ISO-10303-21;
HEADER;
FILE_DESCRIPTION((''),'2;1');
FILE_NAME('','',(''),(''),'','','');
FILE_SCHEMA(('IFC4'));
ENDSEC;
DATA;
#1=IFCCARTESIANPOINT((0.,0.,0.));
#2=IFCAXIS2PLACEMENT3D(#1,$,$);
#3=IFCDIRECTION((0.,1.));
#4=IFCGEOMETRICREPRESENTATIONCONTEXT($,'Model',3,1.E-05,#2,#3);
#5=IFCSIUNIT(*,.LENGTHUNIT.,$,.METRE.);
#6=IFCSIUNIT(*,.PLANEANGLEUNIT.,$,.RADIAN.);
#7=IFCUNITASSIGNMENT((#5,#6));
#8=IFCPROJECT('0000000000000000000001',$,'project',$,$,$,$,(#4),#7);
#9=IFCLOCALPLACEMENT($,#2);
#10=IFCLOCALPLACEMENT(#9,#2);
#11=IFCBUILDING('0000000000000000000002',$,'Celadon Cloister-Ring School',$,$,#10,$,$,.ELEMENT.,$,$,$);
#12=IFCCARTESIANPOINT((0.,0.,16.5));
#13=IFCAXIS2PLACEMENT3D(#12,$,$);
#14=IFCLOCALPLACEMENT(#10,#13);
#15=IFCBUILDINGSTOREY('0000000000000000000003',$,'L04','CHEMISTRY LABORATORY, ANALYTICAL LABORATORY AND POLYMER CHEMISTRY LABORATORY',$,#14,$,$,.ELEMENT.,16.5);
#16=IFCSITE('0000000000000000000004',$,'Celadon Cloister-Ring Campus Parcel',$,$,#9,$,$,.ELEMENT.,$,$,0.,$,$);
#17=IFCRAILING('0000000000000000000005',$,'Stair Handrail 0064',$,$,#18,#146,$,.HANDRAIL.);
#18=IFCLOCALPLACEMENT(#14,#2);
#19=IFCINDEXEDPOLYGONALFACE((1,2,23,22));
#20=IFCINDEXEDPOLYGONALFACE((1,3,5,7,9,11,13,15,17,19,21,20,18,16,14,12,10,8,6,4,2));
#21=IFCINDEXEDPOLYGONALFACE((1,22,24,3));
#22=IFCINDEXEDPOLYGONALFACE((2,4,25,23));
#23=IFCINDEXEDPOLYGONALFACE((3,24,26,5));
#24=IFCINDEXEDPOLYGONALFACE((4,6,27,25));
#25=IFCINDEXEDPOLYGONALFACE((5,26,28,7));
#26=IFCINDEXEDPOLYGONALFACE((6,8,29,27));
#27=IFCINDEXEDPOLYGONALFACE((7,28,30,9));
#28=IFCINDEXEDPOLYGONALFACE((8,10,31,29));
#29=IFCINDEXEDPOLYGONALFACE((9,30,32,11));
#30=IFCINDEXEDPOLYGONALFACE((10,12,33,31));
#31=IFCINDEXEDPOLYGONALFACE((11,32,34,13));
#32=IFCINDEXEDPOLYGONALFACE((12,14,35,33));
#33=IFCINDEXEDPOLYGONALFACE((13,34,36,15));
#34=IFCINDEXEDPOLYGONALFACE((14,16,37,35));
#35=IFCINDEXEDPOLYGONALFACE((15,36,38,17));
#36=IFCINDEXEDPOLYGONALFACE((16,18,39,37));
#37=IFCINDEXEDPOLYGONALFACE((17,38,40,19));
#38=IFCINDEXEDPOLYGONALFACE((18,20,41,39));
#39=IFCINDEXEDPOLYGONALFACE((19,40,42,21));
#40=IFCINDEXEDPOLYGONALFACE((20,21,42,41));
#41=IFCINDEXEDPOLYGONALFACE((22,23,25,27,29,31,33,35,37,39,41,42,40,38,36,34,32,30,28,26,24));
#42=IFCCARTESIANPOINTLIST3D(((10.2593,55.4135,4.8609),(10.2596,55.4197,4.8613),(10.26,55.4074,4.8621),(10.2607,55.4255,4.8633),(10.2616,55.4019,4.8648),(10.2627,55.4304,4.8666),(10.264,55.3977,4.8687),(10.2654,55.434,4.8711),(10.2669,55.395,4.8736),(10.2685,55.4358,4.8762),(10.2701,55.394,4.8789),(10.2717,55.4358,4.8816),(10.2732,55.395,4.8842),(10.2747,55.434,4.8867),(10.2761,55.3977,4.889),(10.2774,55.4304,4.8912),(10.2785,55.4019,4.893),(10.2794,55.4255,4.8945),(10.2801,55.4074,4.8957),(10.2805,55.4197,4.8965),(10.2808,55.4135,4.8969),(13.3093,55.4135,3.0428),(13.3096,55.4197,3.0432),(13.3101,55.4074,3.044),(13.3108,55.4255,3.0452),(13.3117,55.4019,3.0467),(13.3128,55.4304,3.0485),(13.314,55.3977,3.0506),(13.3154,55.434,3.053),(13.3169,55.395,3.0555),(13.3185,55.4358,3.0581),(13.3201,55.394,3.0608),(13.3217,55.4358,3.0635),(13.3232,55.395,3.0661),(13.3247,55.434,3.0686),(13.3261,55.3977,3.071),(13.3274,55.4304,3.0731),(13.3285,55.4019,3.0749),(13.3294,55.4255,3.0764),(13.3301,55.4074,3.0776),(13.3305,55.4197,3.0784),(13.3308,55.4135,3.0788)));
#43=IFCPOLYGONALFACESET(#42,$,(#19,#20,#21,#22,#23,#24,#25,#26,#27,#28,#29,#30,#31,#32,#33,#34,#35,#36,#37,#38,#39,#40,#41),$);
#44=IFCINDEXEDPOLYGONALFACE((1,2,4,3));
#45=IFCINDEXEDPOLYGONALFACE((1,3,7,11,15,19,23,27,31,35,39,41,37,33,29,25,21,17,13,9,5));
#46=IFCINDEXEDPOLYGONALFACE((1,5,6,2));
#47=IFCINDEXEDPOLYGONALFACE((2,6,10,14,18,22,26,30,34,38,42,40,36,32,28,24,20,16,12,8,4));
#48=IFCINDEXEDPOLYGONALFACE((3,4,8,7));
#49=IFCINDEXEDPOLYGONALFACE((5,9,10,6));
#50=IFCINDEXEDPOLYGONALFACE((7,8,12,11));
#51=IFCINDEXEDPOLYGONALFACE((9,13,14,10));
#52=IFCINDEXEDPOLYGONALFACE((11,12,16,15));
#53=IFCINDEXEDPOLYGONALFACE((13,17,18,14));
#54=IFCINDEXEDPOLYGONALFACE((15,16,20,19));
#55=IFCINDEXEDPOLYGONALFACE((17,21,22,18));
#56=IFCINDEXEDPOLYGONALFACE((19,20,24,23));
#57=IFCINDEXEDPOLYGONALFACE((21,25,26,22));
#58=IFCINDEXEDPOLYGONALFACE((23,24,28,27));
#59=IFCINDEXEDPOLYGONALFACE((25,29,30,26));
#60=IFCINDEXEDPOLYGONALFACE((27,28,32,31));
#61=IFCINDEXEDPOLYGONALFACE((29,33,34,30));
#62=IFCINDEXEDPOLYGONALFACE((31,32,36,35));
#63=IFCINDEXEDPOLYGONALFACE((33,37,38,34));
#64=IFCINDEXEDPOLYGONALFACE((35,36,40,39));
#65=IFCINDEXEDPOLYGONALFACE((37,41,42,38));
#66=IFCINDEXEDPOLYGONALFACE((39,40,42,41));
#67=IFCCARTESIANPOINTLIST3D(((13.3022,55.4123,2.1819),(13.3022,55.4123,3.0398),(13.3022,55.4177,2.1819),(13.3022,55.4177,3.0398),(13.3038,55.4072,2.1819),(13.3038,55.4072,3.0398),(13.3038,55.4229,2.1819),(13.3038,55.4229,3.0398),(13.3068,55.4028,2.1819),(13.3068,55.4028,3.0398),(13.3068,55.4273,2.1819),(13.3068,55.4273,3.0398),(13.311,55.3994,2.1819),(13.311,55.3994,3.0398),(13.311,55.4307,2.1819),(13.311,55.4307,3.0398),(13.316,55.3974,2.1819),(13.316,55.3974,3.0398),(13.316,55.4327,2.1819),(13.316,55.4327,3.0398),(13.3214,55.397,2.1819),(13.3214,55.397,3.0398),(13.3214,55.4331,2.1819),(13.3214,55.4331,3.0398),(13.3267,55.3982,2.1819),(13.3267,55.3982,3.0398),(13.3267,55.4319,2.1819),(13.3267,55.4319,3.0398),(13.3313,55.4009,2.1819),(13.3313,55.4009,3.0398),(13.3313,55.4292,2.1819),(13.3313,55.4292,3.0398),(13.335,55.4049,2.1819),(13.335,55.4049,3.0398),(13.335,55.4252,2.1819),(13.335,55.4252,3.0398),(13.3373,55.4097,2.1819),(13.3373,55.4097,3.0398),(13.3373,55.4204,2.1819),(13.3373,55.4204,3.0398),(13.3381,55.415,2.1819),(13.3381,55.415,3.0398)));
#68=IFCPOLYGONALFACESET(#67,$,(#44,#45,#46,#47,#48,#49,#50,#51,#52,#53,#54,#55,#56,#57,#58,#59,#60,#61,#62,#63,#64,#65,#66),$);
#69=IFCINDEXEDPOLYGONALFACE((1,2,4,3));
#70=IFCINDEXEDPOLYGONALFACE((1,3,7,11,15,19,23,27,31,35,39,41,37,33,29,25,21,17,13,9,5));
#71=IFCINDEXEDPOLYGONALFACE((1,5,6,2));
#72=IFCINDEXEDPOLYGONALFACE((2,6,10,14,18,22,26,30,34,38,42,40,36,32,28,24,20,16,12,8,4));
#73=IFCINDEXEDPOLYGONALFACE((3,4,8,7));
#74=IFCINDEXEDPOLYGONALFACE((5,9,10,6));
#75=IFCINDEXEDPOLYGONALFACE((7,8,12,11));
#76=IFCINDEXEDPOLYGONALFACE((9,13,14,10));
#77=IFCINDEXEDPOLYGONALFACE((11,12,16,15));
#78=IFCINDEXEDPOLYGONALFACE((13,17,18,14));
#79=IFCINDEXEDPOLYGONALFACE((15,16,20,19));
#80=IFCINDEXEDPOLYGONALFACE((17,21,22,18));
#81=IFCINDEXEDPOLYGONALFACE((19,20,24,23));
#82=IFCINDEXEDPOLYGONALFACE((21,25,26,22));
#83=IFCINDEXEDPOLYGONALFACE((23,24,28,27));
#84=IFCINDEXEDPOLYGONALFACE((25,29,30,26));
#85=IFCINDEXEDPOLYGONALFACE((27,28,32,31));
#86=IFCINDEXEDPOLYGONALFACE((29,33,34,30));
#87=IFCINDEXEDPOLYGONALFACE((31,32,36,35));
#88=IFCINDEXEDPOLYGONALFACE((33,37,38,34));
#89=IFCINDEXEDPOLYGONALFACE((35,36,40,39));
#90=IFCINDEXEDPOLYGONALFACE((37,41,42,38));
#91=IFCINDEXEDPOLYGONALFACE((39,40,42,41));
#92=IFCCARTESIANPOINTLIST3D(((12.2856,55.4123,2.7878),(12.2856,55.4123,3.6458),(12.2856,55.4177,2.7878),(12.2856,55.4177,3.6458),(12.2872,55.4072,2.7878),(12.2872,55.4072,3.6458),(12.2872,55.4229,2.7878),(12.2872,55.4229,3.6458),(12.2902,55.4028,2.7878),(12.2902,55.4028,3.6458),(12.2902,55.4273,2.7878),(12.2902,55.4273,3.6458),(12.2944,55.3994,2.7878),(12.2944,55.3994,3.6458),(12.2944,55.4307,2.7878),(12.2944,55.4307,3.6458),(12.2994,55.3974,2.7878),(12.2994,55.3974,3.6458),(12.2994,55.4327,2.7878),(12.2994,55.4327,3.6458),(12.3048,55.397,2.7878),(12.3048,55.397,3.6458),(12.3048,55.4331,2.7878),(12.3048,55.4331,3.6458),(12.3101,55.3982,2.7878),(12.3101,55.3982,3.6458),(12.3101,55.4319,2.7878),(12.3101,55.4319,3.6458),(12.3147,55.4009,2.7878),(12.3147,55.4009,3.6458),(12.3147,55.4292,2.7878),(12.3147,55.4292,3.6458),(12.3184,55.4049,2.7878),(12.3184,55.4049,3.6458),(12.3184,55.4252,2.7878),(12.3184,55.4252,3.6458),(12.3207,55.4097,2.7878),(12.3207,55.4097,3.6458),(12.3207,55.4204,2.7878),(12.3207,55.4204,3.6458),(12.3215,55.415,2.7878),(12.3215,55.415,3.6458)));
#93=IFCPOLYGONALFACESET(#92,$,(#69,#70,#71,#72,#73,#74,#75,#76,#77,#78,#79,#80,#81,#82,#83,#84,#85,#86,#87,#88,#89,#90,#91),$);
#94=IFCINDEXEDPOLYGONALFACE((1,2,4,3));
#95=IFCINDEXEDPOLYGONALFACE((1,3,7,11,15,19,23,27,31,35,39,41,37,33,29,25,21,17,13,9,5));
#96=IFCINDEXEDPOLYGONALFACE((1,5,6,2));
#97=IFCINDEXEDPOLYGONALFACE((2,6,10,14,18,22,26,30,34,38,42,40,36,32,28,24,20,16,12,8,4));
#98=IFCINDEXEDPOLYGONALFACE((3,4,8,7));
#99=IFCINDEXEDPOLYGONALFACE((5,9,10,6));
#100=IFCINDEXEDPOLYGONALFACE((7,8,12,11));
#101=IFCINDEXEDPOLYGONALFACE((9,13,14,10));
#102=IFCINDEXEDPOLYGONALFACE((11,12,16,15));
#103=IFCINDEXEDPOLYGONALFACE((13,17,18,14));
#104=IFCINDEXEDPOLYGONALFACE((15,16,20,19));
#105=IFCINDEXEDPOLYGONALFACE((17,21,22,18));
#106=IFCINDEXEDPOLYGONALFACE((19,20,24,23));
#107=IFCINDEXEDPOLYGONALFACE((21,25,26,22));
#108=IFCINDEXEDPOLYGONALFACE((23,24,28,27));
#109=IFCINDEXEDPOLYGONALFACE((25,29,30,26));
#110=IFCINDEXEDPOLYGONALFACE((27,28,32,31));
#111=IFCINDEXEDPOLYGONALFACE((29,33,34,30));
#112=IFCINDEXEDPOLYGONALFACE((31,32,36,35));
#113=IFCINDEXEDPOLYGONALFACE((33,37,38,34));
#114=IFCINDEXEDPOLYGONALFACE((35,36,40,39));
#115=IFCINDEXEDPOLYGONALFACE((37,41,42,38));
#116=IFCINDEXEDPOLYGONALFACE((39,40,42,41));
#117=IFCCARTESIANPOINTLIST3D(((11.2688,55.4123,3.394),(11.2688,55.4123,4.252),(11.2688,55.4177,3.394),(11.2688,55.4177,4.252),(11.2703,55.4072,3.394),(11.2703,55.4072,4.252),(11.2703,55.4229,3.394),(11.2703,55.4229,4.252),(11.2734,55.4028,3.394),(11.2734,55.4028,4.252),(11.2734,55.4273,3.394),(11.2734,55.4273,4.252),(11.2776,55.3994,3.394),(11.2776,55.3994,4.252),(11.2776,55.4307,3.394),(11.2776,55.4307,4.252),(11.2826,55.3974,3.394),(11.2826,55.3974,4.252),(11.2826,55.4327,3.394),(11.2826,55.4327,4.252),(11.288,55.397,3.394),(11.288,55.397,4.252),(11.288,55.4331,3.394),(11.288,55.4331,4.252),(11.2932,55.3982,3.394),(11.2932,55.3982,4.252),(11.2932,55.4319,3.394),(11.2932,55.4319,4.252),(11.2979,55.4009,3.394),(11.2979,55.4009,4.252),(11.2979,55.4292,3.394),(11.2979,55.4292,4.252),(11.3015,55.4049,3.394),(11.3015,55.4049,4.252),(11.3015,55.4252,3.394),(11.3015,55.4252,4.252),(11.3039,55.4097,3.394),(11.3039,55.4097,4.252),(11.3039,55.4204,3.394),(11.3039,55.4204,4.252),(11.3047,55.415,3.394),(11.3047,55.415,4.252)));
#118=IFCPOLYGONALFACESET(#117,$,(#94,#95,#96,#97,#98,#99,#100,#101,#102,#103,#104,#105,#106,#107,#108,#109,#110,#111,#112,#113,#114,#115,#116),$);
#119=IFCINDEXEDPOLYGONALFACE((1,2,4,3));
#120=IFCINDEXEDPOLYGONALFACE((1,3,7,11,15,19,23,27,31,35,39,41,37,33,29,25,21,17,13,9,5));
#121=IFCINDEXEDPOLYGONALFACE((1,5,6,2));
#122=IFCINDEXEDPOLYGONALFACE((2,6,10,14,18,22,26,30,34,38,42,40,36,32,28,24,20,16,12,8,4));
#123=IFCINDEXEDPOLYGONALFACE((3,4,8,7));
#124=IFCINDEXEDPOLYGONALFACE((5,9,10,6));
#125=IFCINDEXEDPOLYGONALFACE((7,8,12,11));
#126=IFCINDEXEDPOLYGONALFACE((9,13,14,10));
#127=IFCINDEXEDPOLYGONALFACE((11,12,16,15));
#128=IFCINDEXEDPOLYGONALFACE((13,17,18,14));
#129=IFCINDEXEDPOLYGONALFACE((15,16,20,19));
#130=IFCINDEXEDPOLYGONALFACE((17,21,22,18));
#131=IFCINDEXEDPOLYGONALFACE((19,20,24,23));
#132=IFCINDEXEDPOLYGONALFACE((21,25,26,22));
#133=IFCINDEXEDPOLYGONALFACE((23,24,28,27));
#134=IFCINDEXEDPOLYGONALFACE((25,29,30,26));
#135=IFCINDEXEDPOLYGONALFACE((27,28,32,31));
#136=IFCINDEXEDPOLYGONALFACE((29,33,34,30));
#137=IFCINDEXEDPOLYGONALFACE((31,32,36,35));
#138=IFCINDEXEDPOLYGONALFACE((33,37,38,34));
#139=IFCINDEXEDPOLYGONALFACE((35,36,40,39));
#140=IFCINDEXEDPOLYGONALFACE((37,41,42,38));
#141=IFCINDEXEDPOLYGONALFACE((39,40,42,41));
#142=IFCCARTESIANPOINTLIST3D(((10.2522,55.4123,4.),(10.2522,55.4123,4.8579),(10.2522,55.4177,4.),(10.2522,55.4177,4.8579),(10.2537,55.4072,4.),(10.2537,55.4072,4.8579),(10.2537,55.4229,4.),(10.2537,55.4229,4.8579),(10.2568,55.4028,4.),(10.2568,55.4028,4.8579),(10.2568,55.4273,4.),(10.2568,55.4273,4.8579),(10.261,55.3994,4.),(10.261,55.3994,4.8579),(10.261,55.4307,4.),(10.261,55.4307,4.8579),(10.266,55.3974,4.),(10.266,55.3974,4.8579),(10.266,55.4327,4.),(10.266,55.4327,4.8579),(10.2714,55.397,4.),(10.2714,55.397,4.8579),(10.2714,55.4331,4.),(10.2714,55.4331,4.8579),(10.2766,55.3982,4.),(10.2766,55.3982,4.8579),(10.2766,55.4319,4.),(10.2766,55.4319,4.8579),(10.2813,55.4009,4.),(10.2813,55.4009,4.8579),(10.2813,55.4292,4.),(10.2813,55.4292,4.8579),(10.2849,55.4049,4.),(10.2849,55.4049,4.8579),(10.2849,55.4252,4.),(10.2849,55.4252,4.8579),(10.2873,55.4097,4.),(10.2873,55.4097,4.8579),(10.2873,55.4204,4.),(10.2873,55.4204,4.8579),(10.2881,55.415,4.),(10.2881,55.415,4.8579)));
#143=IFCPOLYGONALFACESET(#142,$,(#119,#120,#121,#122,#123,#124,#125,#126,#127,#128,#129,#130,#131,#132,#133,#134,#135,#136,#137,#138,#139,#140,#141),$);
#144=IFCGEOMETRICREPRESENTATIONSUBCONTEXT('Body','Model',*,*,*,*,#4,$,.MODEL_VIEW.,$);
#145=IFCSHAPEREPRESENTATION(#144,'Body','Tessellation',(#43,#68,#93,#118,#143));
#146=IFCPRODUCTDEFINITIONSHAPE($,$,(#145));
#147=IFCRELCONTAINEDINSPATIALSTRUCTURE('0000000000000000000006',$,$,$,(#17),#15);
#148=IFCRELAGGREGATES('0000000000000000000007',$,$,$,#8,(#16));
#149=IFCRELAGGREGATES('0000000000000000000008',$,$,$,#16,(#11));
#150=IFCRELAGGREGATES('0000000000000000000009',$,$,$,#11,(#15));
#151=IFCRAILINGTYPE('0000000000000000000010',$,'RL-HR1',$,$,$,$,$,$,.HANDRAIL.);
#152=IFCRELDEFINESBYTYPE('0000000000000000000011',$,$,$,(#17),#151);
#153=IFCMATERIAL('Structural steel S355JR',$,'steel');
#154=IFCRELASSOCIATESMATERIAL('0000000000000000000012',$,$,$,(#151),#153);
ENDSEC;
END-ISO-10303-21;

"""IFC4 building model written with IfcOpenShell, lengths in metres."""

from ifc_helpers import new_model, si_unit, direction, frame, origin, origin_2d, place, context, subcontext, project, spatial, circle, extrude, material, type_object, element, save


model = new_model("IFC4")

# Units and contexts
model_context = context("Model", 3, precision=1e-05, world=origin(), true_north=direction((0.0, 1.0)))
body_context = subcontext(model_context, "Body", "Model", "MODEL_VIEW")
ifc_project = project(units=[si_unit("LENGTHUNIT", "METRE"), si_unit("PLANEANGLEUNIT", "RADIAN")], contexts=[model_context])

# Site, building, storey
site_placement = place(None, origin())
site = spatial("IfcSite", under=ifc_project, at=site_placement, Name="Celadon Cloister-Ring Campus Parcel", CompositionType="ELEMENT", RefElevation=0.0)
building_placement = place(site_placement, origin())
building = spatial("IfcBuilding", under=site, at=building_placement, Name="Celadon Cloister-Ring School", CompositionType="ELEMENT")
storey_placement = place(building_placement, frame((0.0, 0.0, 16.5)))
storey = spatial("IfcBuildingStorey", under=building, at=storey_placement, Name="L04", Description="CHEMISTRY LABORATORY, ANALYTICAL LABORATORY AND POLYMER CHEMISTRY LABORATORY", CompositionType="ELEMENT", Elevation=16.5)

# Railing
ifc_material_1 = material(Name="Structural steel S355JR", Category="steel")
railing_type_1 = type_object("IfcRailingType", Name="RL-HR1", PredefinedType="HANDRAIL", material=ifc_material_1)
for number, where, name in (
    (1, (13.3201, 55.415, 2.1819), "Stair Handrail 0064"),
):
    element("IfcRailing", number, at=place(storey_placement, frame(where)), inside=storey, type_object=railing_type_1, Name=name, PredefinedType="HANDRAIL", context=body_context, shape_type="SweptSolid", body=[
        extrude(circle(Radius=0.021, at=origin_2d()), frame((0.0, 0.0, 0.8789), z_axis=(-0.85897, 0.0, 0.512026), x_axis=(0.0, -1.0, 0.0)), (0.0, 0.0, 1.0), 3.5508),
        extrude(circle(Radius=0.0181, at=origin_2d()), origin(), (0.0, 0.0, 1.0), 0.8579),
        extrude(circle(Radius=0.0181, at=origin_2d()), frame((-1.0166, 0.0, 0.606)), (0.0, 0.0, 1.0), 0.8579),
        extrude(circle(Radius=0.0181, at=origin_2d()), frame((-2.0334, 0.0, 1.2122)), (0.0, 0.0, 1.0), 0.8579),
        extrude(circle(Radius=0.0181, at=origin_2d()), frame((-3.05, 0.0, 1.8181)), (0.0, 0.0, 1.0), 0.8579),
    ])

save(model, "model.ifc")
